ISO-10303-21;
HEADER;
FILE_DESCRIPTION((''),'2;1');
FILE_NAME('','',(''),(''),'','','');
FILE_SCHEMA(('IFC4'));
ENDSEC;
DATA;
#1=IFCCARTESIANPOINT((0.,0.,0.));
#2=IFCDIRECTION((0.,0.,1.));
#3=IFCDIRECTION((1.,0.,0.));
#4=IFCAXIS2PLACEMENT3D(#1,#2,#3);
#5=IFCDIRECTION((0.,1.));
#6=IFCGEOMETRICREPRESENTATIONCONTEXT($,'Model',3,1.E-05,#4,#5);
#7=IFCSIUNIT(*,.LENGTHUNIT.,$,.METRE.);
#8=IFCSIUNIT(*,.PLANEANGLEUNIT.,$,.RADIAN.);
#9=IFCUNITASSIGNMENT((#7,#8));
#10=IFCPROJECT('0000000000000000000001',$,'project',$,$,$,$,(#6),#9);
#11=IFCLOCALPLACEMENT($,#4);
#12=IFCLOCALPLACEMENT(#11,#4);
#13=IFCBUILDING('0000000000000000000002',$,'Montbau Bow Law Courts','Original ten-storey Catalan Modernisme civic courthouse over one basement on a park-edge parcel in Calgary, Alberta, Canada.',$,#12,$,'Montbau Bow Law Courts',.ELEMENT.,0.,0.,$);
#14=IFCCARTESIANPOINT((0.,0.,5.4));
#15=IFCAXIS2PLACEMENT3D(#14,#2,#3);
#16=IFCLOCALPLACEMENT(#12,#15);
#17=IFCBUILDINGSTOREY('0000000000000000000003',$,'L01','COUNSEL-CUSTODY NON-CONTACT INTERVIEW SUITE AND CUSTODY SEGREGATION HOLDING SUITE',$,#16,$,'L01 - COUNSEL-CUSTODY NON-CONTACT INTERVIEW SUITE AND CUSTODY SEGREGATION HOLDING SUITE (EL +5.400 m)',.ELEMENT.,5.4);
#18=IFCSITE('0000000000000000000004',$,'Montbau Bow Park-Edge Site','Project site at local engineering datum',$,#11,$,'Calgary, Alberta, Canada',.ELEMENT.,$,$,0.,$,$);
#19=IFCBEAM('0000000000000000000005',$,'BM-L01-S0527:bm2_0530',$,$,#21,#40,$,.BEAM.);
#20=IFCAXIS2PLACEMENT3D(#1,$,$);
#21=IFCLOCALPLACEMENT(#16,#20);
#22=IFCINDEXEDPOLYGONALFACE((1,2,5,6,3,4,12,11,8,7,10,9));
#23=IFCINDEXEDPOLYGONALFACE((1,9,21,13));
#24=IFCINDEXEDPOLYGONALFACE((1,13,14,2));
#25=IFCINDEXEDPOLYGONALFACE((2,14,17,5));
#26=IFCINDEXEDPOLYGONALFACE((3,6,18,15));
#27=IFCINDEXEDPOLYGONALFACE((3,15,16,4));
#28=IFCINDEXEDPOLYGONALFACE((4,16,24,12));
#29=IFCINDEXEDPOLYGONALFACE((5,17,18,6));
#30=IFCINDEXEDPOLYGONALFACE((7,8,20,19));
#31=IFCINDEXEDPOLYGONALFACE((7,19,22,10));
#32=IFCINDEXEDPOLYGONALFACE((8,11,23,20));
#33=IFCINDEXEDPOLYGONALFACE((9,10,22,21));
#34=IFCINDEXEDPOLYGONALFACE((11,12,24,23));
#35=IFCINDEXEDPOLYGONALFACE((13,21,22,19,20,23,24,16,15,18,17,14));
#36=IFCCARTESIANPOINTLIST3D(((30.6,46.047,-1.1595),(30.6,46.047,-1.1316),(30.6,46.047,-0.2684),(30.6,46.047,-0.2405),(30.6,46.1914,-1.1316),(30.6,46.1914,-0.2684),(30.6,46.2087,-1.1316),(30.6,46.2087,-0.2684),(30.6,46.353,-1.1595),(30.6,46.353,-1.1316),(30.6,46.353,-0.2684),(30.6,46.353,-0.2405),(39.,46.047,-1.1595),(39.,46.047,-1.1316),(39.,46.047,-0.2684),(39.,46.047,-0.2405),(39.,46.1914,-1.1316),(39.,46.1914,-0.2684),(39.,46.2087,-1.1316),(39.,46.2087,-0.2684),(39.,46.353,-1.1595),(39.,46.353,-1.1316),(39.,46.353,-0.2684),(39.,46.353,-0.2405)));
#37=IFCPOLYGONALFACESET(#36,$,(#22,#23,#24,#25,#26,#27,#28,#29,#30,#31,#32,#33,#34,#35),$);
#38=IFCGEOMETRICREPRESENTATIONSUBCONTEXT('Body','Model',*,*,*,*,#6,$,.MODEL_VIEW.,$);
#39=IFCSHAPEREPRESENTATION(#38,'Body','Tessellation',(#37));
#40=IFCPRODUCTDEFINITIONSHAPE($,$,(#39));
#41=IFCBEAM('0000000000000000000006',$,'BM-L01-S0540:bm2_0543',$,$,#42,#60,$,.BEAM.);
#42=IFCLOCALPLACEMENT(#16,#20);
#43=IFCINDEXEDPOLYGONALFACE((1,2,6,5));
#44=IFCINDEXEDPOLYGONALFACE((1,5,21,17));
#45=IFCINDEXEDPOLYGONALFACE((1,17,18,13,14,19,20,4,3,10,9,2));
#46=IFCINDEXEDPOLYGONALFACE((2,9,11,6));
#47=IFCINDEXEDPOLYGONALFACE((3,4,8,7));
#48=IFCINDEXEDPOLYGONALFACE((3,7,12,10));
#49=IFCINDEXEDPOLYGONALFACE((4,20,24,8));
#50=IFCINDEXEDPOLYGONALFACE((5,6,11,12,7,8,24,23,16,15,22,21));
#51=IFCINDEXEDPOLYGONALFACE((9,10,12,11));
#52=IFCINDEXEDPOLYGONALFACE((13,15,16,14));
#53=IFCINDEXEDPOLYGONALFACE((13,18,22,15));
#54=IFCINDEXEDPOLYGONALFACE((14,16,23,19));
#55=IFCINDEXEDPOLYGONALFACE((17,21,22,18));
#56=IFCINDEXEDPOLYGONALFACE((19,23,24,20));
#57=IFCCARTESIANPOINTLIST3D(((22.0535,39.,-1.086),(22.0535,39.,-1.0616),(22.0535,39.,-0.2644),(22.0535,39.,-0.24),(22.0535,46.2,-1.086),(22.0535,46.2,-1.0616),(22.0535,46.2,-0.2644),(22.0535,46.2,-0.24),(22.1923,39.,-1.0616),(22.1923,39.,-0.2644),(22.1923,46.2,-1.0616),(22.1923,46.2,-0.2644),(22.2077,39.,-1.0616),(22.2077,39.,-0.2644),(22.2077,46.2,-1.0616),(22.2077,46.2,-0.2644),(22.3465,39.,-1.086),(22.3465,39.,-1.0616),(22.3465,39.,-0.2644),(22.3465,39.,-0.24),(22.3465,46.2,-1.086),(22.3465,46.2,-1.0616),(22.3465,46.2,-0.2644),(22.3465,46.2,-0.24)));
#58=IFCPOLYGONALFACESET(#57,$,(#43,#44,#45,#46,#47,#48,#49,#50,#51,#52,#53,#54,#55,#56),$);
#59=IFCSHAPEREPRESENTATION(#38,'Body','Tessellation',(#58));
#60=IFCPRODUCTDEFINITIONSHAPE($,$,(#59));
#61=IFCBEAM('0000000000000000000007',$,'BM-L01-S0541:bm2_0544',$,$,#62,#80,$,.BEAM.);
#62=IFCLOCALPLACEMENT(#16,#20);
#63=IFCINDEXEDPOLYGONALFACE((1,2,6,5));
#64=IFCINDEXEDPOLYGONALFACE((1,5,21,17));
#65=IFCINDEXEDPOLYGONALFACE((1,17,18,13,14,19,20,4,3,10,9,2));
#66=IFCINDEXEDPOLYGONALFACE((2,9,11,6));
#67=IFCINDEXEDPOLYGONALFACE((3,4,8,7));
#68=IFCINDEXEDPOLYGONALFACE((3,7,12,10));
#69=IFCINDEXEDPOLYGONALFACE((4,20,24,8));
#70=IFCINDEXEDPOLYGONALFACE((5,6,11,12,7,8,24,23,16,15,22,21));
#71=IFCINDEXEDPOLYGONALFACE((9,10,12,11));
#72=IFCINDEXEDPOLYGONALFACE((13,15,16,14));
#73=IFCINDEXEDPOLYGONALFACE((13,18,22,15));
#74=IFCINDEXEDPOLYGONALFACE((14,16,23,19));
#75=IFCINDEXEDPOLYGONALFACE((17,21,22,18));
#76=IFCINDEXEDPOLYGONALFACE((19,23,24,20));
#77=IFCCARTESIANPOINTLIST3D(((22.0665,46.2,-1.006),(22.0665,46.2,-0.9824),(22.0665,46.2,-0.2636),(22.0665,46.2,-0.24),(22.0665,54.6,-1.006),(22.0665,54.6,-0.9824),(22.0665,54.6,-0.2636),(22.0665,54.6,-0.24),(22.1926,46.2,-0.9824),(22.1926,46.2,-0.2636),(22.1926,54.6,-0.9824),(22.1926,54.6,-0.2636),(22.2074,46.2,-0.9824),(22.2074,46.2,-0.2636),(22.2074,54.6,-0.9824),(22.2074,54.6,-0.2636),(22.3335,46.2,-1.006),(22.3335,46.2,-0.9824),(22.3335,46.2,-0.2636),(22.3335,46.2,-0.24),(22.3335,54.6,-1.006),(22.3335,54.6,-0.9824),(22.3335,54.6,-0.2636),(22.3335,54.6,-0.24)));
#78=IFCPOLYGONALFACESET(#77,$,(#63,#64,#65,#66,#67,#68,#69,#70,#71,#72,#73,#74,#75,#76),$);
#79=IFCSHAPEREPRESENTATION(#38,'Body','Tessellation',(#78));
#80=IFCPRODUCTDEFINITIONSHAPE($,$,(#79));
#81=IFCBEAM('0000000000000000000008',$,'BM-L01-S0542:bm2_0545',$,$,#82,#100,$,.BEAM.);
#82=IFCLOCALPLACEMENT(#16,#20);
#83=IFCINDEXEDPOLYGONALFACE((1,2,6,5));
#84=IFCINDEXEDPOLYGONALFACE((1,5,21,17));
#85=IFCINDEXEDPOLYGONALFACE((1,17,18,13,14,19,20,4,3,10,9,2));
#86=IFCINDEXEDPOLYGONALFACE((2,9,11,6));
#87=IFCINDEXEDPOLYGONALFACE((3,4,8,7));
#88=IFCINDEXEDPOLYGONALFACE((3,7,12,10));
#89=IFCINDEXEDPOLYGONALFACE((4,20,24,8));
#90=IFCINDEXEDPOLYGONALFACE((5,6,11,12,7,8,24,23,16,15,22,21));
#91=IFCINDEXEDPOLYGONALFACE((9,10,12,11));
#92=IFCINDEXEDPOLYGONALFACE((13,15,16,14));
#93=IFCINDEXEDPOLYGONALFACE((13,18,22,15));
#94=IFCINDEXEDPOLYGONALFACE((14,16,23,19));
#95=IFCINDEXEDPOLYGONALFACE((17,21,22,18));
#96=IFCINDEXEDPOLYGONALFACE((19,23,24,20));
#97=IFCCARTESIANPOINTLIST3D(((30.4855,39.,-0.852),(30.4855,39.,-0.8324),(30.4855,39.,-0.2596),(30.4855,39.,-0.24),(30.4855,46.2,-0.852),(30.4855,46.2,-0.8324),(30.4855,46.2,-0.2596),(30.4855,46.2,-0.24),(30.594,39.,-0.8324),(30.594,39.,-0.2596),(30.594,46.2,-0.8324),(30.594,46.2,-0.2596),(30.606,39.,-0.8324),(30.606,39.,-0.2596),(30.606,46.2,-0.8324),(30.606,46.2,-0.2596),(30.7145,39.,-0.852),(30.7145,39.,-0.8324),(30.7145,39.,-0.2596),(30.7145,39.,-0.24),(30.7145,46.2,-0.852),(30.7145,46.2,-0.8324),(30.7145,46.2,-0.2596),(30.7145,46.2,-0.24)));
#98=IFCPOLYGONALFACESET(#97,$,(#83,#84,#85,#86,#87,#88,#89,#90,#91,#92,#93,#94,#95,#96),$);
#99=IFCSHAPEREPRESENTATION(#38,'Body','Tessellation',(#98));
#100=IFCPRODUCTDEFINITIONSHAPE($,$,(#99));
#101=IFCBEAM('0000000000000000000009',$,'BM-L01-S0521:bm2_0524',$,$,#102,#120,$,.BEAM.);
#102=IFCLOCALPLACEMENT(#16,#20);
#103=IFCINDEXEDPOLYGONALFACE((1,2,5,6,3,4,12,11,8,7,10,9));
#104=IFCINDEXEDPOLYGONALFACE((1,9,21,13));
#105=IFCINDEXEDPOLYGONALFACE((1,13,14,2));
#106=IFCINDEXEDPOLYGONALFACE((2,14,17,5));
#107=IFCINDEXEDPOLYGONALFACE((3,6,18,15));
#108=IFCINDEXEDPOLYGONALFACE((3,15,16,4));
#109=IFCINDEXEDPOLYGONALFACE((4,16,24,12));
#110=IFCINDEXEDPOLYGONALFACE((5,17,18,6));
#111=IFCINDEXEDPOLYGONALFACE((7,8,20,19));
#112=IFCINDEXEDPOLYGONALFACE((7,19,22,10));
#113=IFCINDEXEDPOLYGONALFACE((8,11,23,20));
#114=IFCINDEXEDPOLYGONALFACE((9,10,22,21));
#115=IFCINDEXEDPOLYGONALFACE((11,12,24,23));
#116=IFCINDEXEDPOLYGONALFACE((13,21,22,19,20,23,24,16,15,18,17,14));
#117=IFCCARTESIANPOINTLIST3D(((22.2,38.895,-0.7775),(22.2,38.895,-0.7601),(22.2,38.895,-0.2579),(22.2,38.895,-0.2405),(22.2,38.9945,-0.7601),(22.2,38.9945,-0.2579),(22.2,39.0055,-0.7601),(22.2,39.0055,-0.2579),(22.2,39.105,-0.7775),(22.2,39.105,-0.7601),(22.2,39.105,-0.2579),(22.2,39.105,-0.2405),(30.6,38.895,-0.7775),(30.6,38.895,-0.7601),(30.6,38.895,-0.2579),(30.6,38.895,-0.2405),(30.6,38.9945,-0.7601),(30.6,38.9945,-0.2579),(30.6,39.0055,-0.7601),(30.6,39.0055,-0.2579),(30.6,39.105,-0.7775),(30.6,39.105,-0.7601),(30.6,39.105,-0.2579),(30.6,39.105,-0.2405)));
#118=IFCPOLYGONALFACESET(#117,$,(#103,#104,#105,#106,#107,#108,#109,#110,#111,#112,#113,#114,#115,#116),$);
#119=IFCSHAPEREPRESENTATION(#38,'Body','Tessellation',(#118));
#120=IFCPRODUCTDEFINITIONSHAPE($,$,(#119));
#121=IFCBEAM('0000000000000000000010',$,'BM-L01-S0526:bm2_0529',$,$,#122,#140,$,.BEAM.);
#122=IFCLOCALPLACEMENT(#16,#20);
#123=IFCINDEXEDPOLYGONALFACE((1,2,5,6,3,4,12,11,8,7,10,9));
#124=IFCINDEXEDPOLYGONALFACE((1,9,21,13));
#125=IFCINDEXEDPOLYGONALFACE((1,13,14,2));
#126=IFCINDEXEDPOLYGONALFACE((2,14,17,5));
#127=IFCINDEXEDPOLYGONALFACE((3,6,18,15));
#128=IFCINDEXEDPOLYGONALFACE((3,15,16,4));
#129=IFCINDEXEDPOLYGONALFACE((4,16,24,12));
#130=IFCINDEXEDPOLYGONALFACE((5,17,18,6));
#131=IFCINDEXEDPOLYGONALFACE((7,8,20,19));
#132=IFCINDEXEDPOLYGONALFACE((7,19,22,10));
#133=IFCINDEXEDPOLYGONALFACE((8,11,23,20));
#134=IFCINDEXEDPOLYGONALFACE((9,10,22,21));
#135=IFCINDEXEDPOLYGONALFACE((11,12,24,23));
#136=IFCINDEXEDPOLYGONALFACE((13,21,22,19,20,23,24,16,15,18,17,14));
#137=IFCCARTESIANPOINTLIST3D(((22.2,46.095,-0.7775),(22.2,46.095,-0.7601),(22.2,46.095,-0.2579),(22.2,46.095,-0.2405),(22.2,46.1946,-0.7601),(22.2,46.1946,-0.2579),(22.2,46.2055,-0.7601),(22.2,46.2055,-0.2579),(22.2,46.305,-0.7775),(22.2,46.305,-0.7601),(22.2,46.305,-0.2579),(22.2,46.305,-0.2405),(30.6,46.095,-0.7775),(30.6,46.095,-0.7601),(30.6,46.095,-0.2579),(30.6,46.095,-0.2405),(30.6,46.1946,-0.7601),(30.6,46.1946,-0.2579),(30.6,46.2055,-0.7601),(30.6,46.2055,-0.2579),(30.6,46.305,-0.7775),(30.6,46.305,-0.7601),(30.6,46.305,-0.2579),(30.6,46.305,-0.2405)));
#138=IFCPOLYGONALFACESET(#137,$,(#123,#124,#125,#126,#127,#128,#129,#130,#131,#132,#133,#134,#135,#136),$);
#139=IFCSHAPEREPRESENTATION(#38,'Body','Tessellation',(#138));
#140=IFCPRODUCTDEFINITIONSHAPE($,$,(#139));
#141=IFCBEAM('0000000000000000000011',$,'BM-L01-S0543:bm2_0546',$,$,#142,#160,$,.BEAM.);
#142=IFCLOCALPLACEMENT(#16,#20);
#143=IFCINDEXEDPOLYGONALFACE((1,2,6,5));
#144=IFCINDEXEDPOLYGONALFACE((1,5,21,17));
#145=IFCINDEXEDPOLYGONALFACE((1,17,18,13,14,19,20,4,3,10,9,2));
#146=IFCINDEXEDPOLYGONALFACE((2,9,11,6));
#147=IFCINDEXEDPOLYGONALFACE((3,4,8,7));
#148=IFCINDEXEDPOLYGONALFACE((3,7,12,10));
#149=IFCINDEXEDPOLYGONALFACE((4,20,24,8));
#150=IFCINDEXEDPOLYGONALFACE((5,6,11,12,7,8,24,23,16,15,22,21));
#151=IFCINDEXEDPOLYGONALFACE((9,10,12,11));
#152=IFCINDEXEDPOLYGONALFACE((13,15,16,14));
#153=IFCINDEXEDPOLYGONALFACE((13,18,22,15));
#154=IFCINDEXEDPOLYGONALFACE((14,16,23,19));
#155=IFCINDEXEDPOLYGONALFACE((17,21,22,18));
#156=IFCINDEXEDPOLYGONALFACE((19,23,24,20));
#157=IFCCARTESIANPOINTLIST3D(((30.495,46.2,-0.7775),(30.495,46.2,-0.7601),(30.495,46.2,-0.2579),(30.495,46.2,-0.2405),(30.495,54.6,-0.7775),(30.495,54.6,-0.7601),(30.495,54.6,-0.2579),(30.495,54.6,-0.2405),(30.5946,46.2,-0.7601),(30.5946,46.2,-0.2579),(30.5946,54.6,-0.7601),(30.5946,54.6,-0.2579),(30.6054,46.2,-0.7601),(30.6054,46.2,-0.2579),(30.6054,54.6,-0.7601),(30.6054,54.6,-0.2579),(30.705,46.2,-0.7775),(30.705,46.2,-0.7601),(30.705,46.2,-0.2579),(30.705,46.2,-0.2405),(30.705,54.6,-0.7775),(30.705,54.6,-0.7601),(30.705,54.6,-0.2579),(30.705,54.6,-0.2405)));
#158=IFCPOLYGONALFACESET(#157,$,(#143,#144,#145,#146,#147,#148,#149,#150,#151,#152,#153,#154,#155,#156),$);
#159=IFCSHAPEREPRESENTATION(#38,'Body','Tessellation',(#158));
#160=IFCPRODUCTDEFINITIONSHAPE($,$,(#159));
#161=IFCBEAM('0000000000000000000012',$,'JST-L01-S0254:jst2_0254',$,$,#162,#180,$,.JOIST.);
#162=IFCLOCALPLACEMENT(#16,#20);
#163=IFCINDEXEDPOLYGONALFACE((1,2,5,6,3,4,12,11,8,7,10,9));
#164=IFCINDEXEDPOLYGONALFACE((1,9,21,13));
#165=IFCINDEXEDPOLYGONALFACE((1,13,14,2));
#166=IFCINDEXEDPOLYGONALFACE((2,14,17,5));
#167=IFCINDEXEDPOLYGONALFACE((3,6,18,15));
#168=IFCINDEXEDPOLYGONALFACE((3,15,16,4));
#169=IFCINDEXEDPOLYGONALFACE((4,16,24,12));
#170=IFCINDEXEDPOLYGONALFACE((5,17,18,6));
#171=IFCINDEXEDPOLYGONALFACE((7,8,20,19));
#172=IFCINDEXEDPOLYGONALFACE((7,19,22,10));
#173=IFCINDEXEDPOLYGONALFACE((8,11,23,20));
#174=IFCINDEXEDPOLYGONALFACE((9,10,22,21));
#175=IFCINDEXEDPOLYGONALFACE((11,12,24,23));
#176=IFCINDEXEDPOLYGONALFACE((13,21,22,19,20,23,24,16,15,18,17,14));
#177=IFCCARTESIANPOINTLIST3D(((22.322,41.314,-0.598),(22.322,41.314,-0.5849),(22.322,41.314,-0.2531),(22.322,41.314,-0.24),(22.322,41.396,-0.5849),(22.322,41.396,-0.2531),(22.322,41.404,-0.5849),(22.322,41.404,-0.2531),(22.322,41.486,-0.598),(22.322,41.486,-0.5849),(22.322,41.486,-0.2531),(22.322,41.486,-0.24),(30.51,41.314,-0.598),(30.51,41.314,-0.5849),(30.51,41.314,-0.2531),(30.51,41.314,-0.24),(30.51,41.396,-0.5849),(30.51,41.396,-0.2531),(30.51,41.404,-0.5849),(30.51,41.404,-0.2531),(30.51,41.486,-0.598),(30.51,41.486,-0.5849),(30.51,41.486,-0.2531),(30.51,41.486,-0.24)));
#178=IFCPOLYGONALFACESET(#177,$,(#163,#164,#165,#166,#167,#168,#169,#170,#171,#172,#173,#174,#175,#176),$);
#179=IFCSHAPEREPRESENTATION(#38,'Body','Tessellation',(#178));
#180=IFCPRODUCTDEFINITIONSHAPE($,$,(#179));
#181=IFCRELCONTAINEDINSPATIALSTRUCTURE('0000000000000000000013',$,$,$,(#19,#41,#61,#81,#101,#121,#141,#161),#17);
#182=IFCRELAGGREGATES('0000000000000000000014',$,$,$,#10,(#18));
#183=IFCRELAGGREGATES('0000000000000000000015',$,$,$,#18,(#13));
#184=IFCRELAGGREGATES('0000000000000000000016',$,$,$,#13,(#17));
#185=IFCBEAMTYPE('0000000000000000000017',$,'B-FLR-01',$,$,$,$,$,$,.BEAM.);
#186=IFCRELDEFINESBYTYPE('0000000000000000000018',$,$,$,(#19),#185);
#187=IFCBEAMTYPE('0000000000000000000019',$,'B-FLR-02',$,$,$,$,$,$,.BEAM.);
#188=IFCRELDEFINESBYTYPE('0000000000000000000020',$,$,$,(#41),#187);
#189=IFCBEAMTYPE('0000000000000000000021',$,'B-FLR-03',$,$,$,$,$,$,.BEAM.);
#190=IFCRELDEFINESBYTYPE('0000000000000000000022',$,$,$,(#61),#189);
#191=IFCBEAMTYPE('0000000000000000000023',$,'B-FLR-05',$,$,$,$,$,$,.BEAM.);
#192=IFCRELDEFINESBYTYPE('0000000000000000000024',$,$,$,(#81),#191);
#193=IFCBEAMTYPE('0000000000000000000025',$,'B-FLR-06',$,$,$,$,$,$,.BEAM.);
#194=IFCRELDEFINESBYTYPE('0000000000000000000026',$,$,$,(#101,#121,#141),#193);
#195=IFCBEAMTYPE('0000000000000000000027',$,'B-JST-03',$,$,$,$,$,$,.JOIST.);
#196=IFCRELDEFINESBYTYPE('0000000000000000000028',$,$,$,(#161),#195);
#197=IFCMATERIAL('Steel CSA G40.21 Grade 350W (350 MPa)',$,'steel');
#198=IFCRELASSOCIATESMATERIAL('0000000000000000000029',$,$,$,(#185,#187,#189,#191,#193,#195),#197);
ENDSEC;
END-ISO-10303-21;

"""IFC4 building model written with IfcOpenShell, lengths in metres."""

from ifc_helpers import new_model, si_unit, direction, frame, origin_with_axes, origin_2d_with_axis, place, context, subcontext, project, spatial, i_section, extrude, material, material_profile, profile_set, type_object, element, save


model = new_model("IFC4")

# Units and contexts
model_context = context("Model", 3, precision=1e-05, world=origin_with_axes(), true_north=direction((0.0, 1.0)))
body_context = subcontext(model_context, "Body", "Model", "MODEL_VIEW")
ifc_project = project(units=[si_unit("LENGTHUNIT", "METRE"), si_unit("PLANEANGLEUNIT", "RADIAN")], contexts=[model_context])

# Site, building, storey
site_placement = place(None, origin_with_axes())
site = spatial("IfcSite", under=ifc_project, at=site_placement, Name="Montbau Bow Park-Edge Site", Description="Project site at local engineering datum", LongName="Calgary, Alberta, Canada", CompositionType="ELEMENT", RefElevation=0.0)
building_placement = place(site_placement, origin_with_axes())
building = spatial("IfcBuilding", under=site, at=building_placement, Name="Montbau Bow Law Courts", Description="Original ten-storey Catalan Modernisme civic courthouse over one basement on a park-edge parcel in Calgary, Alberta, Canada.", LongName="Montbau Bow Law Courts", CompositionType="ELEMENT", ElevationOfRefHeight=0.0, ElevationOfTerrain=0.0)
storey_placement = place(building_placement, frame((0.0, 0.0, 5.4), z_axis=(0.0, 0.0, 1.0), x_axis=(1.0, 0.0, 0.0)))
storey = spatial("IfcBuildingStorey", under=building, at=storey_placement, Name="L01", Description="COUNSEL-CUSTODY NON-CONTACT INTERVIEW SUITE AND CUSTODY SEGREGATION HOLDING SUITE", LongName="L01 - COUNSEL-CUSTODY NON-CONTACT INTERVIEW SUITE AND CUSTODY SEGREGATION HOLDING SUITE (EL +5.400 m)", CompositionType="ELEMENT", Elevation=5.4)

# Shared definitions
ifc_material_1 = material(Name="Steel CSA G40.21 Grade 350W (350 MPa)", Category="steel")

# Beams
ifc_material_profile_1 = material_profile(ifc_material_1, i_section(OverallWidth=0.306, OverallDepth=0.919, WebThickness=0.0173, FlangeThickness=0.0279, at=origin_2d_with_axis()), Name="W920X253", Category="Main", Priority=0)
ifc_profile_set_1 = profile_set([ifc_material_profile_1], Name="Steel CSA G40.21 Grade 350W (350 MPa)")
beam_type_1 = type_object("IfcBeamType", Name="B-FLR-01", PredefinedType="BEAM", material=ifc_profile_set_1)
for number, where, z_axis, x_axis, name in (
    (1, (30.6, 46.2, 4.7), (1.0, 0.0, 0.0), (0.0, 1.0, 0.0), "BM-L01-S0527:bm2_0530"),
):
    element("IfcBeam", number, at=place(None, frame(where, z_axis=z_axis, x_axis=x_axis)), inside=storey, type_object=beam_type_1, Name=name, PredefinedType="BEAM", context=body_context, shape_type="SweptSolid", body=[
        extrude(i_section(OverallWidth=0.306, OverallDepth=0.919, WebThickness=0.0173, FlangeThickness=0.0279, at=origin_2d_with_axis()), origin_with_axes(), (0.0, 0.0, 1.0), 8.4),
    ])
ifc_material_profile_2 = material_profile(ifc_material_1, i_section(OverallWidth=0.293, OverallDepth=0.846, WebThickness=0.0154, FlangeThickness=0.0244, at=origin_2d_with_axis()), Name="W840X210", Category="Main", Priority=0)
ifc_profile_set_2 = profile_set([ifc_material_profile_2], Name="Steel CSA G40.21 Grade 350W (350 MPa)")
beam_type_2 = type_object("IfcBeamType", Name="B-FLR-02", PredefinedType="BEAM", material=ifc_profile_set_2)
beam_1_placement = place(None, frame((22.2, 39.0, 4.737), z_axis=(0.0, 1.0, 0.0), x_axis=(-1.0, 0.0, 0.0)))
element("IfcBeam", 2, at=beam_1_placement, inside=storey, type_object=beam_type_2, Name="BM-L01-S0540:bm2_0543", PredefinedType="BEAM", context=body_context, shape_type="SweptSolid", body=[
    extrude(i_section(OverallWidth=0.293, OverallDepth=0.846, WebThickness=0.0154, FlangeThickness=0.0244, at=origin_2d_with_axis()), origin_with_axes(), (0.0, 0.0, 1.0), 7.2),
])
ifc_material_profile_3 = material_profile(ifc_material_1, i_section(OverallWidth=0.267, OverallDepth=0.766, WebThickness=0.0149, FlangeThickness=0.0236, at=origin_2d_with_axis()), Name="W760X185", Category="Main", Priority=0)
ifc_profile_set_3 = profile_set([ifc_material_profile_3], Name="Steel CSA G40.21 Grade 350W (350 MPa)")
beam_type_3 = type_object("IfcBeamType", Name="B-FLR-03", PredefinedType="BEAM", material=ifc_profile_set_3)
beam_2_placement = place(None, frame((22.2, 46.2, 4.777), z_axis=(0.0, 1.0, 0.0), x_axis=(-1.0, 0.0, 0.0)))
element("IfcBeam", 3, at=beam_2_placement, inside=storey, type_object=beam_type_3, Name="BM-L01-S0541:bm2_0544", PredefinedType="BEAM", context=body_context, shape_type="SweptSolid", body=[
    extrude(i_section(OverallWidth=0.267, OverallDepth=0.766, WebThickness=0.0149, FlangeThickness=0.0236, at=origin_2d_with_axis()), origin_with_axes(), (0.0, 0.0, 1.0), 8.4),
])
ifc_material_profile_4 = material_profile(ifc_material_1, i_section(OverallWidth=0.229, OverallDepth=0.612, WebThickness=0.0119, FlangeThickness=0.0196, at=origin_2d_with_axis()), Name="W610X125", Category="Main", Priority=0)
ifc_profile_set_4 = profile_set([ifc_material_profile_4], Name="Steel CSA G40.21 Grade 350W (350 MPa)")
beam_type_4 = type_object("IfcBeamType", Name="B-FLR-05", PredefinedType="BEAM", material=ifc_profile_set_4)
beam_3_placement = place(None, frame((30.6, 39.0, 4.854), z_axis=(0.0, 1.0, 0.0), x_axis=(-1.0, 0.0, 0.0)))
element("IfcBeam", 4, at=beam_3_placement, inside=storey, type_object=beam_type_4, Name="BM-L01-S0542:bm2_0545", PredefinedType="BEAM", context=body_context, shape_type="SweptSolid", body=[
    extrude(i_section(OverallWidth=0.229, OverallDepth=0.612, WebThickness=0.0119, FlangeThickness=0.0196, at=origin_2d_with_axis()), origin_with_axes(), (0.0, 0.0, 1.0), 7.2),
])
ifc_material_profile_5 = material_profile(ifc_material_1, i_section(OverallWidth=0.21, OverallDepth=0.537, WebThickness=0.0109, FlangeThickness=0.0174, at=origin_2d_with_axis()), Name="W530X101", Category="Main", Priority=0)
ifc_profile_set_5 = profile_set([ifc_material_profile_5], Name="Steel CSA G40.21 Grade 350W (350 MPa)")
beam_type_5 = type_object("IfcBeamType", Name="B-FLR-06", PredefinedType="BEAM", material=ifc_profile_set_5)
for number, where, z_axis, x_axis, name in (
    (5, (22.2, 39.0, 4.891), (1.0, 0.0, 0.0), (0.0, 1.0, 0.0), "BM-L01-S0521:bm2_0524"),
    (6, (22.2, 46.2, 4.891), (1.0, 0.0, 0.0), (0.0, 1.0, 0.0), "BM-L01-S0526:bm2_0529"),
    (7, (30.6, 46.2, 4.891), (0.0, 1.0, 0.0), (-1.0, 0.0, 0.0), "BM-L01-S0543:bm2_0546"),
):
    element("IfcBeam", number, at=place(None, frame(where, z_axis=z_axis, x_axis=x_axis)), inside=storey, type_object=beam_type_5, Name=name, PredefinedType="BEAM", context=body_context, shape_type="SweptSolid", body=[
        extrude(i_section(OverallWidth=0.21, OverallDepth=0.537, WebThickness=0.0109, FlangeThickness=0.0174, at=origin_2d_with_axis()), origin_with_axes(), (0.0, 0.0, 1.0), 8.4),
    ])
ifc_material_profile_6 = material_profile(ifc_material_1, i_section(OverallWidth=0.172, OverallDepth=0.358, WebThickness=0.0079, FlangeThickness=0.0131, at=origin_2d_with_axis()), Name="W360X57", Category="Main", Priority=0)
ifc_profile_set_6 = profile_set([ifc_material_profile_6], Name="Steel CSA G40.21 Grade 350W (350 MPa)")
beam_type_6 = type_object("IfcBeamType", Name="B-JST-03", PredefinedType="JOIST", material=ifc_profile_set_6)
beam_4_placement = place(None, frame((22.322, 41.4, 4.981), z_axis=(1.0, 0.0, 0.0), x_axis=(0.0, 1.0, 0.0)))
element("IfcBeam", 8, at=beam_4_placement, inside=storey, type_object=beam_type_6, Name="JST-L01-S0254:jst2_0254", PredefinedType="JOIST", context=body_context, shape_type="SweptSolid", body=[
    extrude(i_section(OverallWidth=0.172, OverallDepth=0.358, WebThickness=0.0079, FlangeThickness=0.0131, at=origin_2d_with_axis()), origin_with_axes(), (0.0, 0.0, 1.0), 8.188),
])

save(model, "model.ifc")
